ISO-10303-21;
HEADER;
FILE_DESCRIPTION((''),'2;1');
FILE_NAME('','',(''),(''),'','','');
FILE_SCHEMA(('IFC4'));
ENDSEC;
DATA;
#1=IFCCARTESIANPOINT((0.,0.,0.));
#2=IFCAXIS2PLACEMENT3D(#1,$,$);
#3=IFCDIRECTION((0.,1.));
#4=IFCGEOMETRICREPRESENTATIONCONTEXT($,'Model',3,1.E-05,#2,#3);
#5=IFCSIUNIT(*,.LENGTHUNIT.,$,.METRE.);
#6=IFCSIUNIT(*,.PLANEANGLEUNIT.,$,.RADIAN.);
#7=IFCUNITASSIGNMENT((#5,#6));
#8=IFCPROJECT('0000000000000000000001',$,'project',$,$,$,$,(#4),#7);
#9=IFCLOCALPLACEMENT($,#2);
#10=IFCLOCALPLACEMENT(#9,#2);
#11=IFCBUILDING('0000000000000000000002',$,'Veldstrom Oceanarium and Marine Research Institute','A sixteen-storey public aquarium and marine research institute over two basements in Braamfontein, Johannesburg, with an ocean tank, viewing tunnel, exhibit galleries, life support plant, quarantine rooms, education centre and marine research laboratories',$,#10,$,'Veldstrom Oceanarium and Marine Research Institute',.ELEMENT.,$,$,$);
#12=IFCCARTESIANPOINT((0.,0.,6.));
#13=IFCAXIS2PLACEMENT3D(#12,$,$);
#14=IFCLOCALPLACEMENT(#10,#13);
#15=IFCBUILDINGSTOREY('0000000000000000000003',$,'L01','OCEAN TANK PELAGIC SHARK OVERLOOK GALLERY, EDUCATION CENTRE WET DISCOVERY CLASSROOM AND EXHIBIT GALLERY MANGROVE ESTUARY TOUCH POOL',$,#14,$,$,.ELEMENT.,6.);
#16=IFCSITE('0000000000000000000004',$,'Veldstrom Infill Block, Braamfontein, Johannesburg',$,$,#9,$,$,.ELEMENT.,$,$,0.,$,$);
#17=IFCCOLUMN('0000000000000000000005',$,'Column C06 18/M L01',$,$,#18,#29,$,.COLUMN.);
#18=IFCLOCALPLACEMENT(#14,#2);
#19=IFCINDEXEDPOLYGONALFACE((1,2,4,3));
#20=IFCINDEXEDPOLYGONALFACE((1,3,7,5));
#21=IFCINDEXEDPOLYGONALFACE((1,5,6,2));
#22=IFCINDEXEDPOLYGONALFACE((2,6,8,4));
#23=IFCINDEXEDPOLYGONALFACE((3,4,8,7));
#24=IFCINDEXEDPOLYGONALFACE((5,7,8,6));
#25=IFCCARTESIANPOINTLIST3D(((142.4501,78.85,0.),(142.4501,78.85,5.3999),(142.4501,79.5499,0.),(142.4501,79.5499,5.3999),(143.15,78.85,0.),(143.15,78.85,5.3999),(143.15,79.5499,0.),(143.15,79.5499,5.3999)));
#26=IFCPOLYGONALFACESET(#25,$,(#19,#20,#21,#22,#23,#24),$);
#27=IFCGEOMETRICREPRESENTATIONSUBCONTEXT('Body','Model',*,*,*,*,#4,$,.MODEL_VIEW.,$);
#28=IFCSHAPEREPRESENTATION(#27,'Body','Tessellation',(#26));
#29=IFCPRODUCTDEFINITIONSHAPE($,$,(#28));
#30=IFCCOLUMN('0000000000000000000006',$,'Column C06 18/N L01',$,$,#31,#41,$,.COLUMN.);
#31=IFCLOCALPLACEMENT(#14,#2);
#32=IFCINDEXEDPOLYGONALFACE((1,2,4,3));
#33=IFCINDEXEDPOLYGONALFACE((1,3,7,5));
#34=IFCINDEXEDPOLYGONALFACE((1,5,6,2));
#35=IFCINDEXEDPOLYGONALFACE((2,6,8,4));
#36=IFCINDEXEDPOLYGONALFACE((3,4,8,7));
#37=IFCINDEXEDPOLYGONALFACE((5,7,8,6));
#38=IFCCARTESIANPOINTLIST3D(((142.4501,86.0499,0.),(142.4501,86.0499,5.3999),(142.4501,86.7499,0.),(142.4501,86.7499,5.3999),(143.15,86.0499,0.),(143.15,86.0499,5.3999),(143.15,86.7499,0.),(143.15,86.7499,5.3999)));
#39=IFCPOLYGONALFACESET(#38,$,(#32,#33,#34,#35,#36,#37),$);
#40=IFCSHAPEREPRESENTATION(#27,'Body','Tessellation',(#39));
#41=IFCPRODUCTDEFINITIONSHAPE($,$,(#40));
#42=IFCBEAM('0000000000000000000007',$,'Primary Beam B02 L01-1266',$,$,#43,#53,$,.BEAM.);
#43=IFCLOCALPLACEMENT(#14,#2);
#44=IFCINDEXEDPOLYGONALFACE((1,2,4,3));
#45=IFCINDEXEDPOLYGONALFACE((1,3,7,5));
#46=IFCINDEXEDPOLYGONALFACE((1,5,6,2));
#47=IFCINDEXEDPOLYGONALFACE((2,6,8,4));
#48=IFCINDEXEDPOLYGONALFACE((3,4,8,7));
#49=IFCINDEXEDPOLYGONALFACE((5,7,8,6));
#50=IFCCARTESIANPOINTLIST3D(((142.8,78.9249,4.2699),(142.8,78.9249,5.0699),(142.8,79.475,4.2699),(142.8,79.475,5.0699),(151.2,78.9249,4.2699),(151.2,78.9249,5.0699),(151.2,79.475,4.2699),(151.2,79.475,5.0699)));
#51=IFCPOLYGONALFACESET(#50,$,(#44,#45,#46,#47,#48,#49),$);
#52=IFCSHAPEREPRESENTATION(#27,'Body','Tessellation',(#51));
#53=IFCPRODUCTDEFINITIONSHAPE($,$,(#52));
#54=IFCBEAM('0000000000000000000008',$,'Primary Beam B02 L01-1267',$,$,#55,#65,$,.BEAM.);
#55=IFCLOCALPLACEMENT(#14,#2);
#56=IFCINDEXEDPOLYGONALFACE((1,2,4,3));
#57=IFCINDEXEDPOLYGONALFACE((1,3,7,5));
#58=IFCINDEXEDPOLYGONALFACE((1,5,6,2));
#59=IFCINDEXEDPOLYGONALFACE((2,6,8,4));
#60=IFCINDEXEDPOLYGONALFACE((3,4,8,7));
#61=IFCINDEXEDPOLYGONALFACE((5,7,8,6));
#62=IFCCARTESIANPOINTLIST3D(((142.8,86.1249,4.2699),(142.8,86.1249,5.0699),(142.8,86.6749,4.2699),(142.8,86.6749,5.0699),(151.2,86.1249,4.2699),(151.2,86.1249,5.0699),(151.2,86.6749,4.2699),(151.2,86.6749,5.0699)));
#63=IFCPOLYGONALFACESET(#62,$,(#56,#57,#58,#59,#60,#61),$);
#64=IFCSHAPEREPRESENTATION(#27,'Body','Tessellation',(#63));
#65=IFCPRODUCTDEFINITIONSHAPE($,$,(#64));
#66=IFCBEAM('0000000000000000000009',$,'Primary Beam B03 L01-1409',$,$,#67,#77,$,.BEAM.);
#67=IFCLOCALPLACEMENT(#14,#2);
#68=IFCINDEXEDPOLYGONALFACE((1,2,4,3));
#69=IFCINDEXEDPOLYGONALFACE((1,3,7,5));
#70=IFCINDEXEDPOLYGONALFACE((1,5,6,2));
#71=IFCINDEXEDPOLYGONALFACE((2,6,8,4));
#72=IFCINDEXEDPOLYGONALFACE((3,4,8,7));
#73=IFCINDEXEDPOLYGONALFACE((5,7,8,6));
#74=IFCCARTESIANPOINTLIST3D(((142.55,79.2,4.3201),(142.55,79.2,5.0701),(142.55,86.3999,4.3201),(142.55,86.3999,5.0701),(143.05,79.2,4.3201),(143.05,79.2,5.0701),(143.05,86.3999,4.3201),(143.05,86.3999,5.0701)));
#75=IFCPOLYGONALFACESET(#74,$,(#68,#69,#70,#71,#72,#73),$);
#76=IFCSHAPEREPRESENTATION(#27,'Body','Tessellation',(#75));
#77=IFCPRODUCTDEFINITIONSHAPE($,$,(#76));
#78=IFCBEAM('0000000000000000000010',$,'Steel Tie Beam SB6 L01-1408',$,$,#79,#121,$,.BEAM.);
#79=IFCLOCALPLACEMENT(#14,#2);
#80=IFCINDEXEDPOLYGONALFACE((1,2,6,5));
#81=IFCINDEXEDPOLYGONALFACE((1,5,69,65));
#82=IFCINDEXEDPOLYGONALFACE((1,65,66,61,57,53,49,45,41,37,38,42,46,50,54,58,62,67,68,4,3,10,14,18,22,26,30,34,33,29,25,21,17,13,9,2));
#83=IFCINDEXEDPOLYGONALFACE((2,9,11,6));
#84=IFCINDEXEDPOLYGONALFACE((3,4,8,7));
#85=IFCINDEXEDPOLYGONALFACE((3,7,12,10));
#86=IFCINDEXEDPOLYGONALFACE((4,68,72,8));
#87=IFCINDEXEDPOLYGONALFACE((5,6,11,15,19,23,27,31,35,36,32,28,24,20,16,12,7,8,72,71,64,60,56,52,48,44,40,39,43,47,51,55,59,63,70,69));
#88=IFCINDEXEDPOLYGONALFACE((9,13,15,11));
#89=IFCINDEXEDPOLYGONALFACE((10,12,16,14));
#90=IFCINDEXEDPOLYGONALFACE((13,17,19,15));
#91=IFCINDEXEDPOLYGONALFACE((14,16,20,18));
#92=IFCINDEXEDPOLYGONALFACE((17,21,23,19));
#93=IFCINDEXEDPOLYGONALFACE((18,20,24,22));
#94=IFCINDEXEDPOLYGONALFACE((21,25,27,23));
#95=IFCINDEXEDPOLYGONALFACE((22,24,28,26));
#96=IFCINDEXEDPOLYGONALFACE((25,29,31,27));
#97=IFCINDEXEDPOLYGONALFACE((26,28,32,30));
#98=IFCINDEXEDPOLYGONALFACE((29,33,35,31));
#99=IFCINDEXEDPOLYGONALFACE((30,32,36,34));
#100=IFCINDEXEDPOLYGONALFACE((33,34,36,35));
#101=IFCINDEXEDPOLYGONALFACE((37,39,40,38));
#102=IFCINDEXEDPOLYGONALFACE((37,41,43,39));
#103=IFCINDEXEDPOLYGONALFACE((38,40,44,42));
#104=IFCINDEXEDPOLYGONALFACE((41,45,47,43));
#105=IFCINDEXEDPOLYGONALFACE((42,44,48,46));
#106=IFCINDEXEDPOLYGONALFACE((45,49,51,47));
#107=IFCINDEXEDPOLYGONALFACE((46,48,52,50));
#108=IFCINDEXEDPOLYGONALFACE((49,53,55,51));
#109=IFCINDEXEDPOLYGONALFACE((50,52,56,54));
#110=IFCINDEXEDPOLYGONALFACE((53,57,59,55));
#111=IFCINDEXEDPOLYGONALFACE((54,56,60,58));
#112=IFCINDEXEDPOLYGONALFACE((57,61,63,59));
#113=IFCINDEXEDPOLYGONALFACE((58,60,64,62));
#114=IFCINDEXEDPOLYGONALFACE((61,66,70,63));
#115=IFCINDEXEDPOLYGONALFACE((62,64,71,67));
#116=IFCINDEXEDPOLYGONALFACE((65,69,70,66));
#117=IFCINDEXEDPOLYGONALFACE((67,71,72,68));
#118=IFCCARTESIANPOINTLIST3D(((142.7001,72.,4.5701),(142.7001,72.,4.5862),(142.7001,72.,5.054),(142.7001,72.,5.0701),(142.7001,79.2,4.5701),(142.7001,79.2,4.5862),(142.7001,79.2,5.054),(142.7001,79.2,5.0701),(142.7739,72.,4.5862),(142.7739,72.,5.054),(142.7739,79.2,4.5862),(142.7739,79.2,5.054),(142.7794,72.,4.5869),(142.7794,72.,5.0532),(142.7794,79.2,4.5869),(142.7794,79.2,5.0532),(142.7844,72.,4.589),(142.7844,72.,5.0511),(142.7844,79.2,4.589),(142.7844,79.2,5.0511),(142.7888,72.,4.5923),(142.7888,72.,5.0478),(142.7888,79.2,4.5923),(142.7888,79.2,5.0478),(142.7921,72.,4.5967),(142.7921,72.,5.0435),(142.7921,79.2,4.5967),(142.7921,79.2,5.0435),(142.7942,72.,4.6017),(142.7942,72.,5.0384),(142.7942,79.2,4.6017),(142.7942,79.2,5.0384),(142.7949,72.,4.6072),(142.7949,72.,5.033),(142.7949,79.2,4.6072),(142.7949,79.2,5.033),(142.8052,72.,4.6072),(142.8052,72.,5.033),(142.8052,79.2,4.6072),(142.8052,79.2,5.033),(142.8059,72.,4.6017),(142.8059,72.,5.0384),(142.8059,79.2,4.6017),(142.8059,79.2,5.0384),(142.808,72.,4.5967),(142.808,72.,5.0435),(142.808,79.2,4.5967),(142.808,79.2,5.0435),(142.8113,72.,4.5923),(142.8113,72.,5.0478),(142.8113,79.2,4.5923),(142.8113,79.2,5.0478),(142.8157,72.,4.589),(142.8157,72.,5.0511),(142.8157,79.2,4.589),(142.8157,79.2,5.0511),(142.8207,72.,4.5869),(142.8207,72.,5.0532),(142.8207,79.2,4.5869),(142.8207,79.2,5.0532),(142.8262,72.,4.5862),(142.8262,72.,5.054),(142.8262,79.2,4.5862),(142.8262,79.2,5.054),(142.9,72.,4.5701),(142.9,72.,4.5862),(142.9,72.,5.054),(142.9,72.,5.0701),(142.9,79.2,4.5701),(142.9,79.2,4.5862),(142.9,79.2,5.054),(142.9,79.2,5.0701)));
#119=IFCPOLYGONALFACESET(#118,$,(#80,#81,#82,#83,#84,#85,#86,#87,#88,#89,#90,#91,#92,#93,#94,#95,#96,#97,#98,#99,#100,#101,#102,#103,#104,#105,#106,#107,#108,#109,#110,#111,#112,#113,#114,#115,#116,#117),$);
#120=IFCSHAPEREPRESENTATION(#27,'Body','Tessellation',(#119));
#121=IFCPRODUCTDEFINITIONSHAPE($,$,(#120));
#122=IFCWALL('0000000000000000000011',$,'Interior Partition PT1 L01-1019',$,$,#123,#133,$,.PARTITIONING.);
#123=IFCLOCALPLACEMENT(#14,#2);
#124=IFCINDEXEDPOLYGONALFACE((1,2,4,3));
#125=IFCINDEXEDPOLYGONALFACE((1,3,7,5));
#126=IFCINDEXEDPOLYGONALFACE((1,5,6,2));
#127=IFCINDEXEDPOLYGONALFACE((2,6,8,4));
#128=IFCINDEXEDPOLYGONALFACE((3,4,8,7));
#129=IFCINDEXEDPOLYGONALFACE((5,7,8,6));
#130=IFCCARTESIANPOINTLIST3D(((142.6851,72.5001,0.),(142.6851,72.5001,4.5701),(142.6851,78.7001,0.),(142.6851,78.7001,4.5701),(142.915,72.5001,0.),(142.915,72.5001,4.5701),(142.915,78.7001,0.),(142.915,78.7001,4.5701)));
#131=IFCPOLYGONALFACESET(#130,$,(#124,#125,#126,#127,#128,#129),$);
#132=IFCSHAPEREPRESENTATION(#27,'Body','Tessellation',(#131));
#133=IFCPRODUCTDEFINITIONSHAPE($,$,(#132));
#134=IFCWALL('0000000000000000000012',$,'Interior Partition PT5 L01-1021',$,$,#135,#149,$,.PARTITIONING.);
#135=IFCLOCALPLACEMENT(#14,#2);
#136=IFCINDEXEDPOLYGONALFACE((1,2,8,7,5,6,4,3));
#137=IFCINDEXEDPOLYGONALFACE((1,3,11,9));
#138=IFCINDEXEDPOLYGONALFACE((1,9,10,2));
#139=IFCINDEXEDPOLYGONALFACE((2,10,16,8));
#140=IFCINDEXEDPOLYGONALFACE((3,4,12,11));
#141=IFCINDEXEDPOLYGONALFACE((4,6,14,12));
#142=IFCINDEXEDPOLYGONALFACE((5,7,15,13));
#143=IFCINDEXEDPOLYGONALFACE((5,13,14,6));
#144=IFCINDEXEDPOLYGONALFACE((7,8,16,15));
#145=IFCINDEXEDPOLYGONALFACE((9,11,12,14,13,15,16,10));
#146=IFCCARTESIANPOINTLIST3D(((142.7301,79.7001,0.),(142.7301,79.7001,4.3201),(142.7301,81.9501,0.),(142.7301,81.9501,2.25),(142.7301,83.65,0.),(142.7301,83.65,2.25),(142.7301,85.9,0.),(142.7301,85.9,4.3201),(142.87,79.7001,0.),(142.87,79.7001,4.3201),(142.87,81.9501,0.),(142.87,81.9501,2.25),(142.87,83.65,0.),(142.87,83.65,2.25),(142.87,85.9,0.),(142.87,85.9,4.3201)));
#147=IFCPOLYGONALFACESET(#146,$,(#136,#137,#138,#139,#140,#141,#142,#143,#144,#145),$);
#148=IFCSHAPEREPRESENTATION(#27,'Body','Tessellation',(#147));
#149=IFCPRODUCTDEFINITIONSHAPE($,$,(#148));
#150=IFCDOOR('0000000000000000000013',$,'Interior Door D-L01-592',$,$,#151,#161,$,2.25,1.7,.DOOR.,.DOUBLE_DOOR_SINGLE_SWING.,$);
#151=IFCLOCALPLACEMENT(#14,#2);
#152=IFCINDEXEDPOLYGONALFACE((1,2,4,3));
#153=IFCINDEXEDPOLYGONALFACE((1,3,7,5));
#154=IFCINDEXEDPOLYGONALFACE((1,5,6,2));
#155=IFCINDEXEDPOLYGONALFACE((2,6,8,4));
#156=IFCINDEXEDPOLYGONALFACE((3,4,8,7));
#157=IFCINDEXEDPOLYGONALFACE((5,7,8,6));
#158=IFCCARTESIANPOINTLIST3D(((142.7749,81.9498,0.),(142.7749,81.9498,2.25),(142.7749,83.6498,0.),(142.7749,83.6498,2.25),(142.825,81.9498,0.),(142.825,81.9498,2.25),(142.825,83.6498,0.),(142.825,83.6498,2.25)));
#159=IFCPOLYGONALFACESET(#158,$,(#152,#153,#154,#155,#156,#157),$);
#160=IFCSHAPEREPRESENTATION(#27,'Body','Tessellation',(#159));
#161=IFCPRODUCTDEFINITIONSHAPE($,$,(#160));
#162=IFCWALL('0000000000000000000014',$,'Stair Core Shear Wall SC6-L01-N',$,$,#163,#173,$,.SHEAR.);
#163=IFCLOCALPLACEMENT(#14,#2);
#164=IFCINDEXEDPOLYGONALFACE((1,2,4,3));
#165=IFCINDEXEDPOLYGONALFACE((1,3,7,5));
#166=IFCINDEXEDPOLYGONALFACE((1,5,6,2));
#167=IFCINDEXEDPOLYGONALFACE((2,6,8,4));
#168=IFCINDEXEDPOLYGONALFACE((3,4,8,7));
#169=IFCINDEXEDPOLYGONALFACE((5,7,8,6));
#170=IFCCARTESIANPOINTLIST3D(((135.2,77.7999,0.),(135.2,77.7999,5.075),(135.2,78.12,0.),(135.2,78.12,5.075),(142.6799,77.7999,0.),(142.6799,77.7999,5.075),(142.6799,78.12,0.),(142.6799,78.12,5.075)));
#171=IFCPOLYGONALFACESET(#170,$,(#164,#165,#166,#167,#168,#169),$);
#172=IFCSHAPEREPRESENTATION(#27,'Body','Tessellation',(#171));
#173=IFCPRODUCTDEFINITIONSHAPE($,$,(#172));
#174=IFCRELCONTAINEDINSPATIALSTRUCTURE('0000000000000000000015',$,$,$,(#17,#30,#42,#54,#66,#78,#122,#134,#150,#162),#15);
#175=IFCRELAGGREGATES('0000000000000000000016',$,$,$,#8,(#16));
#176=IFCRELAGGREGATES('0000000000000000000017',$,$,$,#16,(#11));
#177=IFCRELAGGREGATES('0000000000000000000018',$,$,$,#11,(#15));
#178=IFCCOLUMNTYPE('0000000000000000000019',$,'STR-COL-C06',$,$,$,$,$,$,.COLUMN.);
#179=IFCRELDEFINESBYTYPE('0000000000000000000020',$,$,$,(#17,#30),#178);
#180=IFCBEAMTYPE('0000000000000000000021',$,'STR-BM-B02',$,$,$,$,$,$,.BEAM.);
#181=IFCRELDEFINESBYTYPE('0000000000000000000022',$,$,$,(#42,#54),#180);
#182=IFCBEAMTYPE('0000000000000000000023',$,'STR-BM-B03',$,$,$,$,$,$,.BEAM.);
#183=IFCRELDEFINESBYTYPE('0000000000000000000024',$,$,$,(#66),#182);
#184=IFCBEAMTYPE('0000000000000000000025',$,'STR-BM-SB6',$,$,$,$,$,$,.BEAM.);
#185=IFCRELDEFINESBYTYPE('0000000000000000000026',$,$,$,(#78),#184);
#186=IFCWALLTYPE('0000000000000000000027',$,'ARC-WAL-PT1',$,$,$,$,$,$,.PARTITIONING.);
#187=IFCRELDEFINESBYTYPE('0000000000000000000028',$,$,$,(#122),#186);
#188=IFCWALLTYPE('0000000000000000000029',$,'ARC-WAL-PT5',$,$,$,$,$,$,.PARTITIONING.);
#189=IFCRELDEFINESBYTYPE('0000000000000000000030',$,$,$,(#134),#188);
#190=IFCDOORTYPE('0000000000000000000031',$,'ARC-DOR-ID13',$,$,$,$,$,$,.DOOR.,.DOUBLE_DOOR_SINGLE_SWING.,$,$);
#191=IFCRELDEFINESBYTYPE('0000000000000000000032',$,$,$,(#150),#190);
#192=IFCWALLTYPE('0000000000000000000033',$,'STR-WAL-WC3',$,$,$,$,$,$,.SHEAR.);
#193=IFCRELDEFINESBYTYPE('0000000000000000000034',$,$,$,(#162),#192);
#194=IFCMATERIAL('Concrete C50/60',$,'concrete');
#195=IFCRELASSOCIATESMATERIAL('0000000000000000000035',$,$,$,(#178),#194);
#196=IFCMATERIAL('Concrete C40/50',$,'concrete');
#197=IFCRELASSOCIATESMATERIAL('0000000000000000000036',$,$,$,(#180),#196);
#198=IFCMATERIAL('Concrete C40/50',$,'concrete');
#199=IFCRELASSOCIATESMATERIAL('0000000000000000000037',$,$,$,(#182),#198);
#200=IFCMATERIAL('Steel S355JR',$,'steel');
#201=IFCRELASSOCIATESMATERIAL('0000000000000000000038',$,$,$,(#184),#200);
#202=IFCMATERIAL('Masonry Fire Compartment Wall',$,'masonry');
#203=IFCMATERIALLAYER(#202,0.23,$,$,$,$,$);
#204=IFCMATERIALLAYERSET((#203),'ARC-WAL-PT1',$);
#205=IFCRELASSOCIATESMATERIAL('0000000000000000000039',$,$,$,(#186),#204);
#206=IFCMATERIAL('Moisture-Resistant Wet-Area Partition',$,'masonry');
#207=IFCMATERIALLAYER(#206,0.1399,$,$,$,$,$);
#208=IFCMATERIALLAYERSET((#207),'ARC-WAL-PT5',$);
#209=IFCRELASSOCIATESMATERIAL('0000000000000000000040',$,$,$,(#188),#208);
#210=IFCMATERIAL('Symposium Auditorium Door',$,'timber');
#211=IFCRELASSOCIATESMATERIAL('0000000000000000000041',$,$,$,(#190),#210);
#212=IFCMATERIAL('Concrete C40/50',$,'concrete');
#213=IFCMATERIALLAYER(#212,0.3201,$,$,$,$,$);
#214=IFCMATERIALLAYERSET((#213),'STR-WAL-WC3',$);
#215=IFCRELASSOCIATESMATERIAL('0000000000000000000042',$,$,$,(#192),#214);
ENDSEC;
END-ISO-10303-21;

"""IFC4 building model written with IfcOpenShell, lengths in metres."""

from ifc_helpers import new_model, si_unit, direction, frame, frame_2d, origin, origin_2d, place, context, subcontext, project, spatial, rectangle, i_section, extrude, material, layer, layer_set, material_profile, profile_set, type_object, element, fill, save


model = new_model("IFC4")

# Units and contexts
model_context = context("Model", 3, precision=1e-05, world=origin(), true_north=direction((0.0, 1.0)))
body_context = subcontext(model_context, "Body", "Model", "MODEL_VIEW")
ifc_project = project(units=[si_unit("LENGTHUNIT", "METRE"), si_unit("PLANEANGLEUNIT", "RADIAN")], contexts=[model_context])

# Site, building, storey
site_placement = place(None, origin())
site = spatial("IfcSite", under=ifc_project, at=site_placement, Name="Veldstrom Infill Block, Braamfontein, Johannesburg", CompositionType="ELEMENT", RefElevation=0.0)
building_placement = place(site_placement, origin())
building = spatial("IfcBuilding", under=site, at=building_placement, Name="Veldstrom Oceanarium and Marine Research Institute", Description="A sixteen-storey public aquarium and marine research institute over two basements in Braamfontein, Johannesburg, with an ocean tank, viewing tunnel, exhibit galleries, life support plant, quarantine rooms, education centre and marine research laboratories", LongName="Veldstrom Oceanarium and Marine Research Institute", CompositionType="ELEMENT")
storey_placement = place(building_placement, frame((0.0, 0.0, 6.0)))
storey = spatial("IfcBuildingStorey", under=building, at=storey_placement, Name="L01", Description="OCEAN TANK PELAGIC SHARK OVERLOOK GALLERY, EDUCATION CENTRE WET DISCOVERY CLASSROOM AND EXHIBIT GALLERY MANGROVE ESTUARY TOUCH POOL", CompositionType="ELEMENT", Elevation=6.0)

# Columns
ifc_material_1 = material(Name="Concrete C50/60", Category="concrete")
ifc_material_profile_1 = material_profile(ifc_material_1, rectangle(XDim=0.7, YDim=0.7, at=origin_2d()), Name="RC-COL-700x700")
ifc_profile_set_1 = profile_set([ifc_material_profile_1], Name="Concrete C50/60")
column_type = type_object("IfcColumnType", Name="STR-COL-C06", PredefinedType="COLUMN", material=ifc_profile_set_1)
for number, where, z_axis, x_axis, name in (
    (1, (142.8, 79.2, 0.0), (0.0, 0.0, 1.0), (1.0, 0.0, 0.0), "Column C06 18/M L01"),
    (2, (142.8, 86.3999, 0.0), (0.0, 0.0, 1.0), (1.0, 0.0, 0.0), "Column C06 18/N L01"),
):
    element("IfcColumn", number, at=place(storey_placement, frame(where, z_axis=z_axis, x_axis=x_axis)), inside=storey, type_object=column_type, Name=name, PredefinedType="COLUMN", context=body_context, shape_type="SweptSolid", body=[
        extrude(rectangle(XDim=0.7, YDim=0.7, at=origin_2d()), origin(), (0.0, 0.0, 1.0), 5.3999),
    ])

# Beams
ifc_material_2 = material(Name="Concrete C40/50", Category="concrete")
ifc_material_profile_2 = material_profile(ifc_material_2, rectangle(XDim=0.55, YDim=0.8, at=origin_2d()), Name="RC-BM-550x800")
ifc_profile_set_2 = profile_set([ifc_material_profile_2], Name="Concrete C40/50")
beam_type_1 = type_object("IfcBeamType", Name="STR-BM-B02", PredefinedType="BEAM", material=ifc_profile_set_2)
for number, where, z_axis, x_axis, name in (
    (3, (142.8, 79.2, 4.6699), (1.0, 0.0, 0.0), (0.0, 1.0, 0.0), "Primary Beam B02 L01-1266"),
    (4, (142.8, 86.3999, 4.6699), (1.0, 0.0, 0.0), (0.0, 1.0, 0.0), "Primary Beam B02 L01-1267"),
):
    element("IfcBeam", number, at=place(storey_placement, frame(where, z_axis=z_axis, x_axis=x_axis)), inside=storey, type_object=beam_type_1, Name=name, PredefinedType="BEAM", context=body_context, shape_type="SweptSolid", body=[
        extrude(rectangle(XDim=0.55, YDim=0.8, at=origin_2d()), origin(), (0.0, 0.0, 1.0), 8.3999),
    ])
ifc_material_3 = material(Name="Concrete C40/50", Category="concrete")
ifc_material_profile_3 = material_profile(ifc_material_3, rectangle(XDim=0.5, YDim=0.75, at=origin_2d()), Name="RC-BM-500x750")
ifc_profile_set_3 = profile_set([ifc_material_profile_3], Name="Concrete C40/50")
beam_type_2 = type_object("IfcBeamType", Name="STR-BM-B03", PredefinedType="BEAM", material=ifc_profile_set_3)
beam_1_placement = place(storey_placement, frame((142.8, 79.2, 4.6951), z_axis=(0.0, 1.0, 0.0), x_axis=(-1.0, 0.0, 0.0)))
element("IfcBeam", 5, at=beam_1_placement, inside=storey, type_object=beam_type_2, Name="Primary Beam B03 L01-1409", PredefinedType="BEAM", context=body_context, shape_type="SweptSolid", body=[
    extrude(rectangle(XDim=0.5, YDim=0.75, at=origin_2d()), origin(), (0.0, 0.0, 1.0), 7.2),
])
ifc_material_4 = material(Name="Steel S355JR", Category="steel")
ifc_material_profile_4 = material_profile(ifc_material_4, i_section(OverallWidth=0.2, OverallDepth=0.5, WebThickness=0.0103, FlangeThickness=0.0161, FilletRadius=0.021, at=origin_2d()), Name="IPE 500")
ifc_profile_set_4 = profile_set([ifc_material_profile_4], Name="Steel S355JR")
beam_type_3 = type_object("IfcBeamType", Name="STR-BM-SB6", PredefinedType="BEAM", material=ifc_profile_set_4)
beam_2_placement = place(storey_placement, frame((142.8, 72.0, 4.8201), z_axis=(0.0, 1.0, 0.0), x_axis=(-1.0, 0.0, 0.0)))
element("IfcBeam", 6, at=beam_2_placement, inside=storey, type_object=beam_type_3, Name="Steel Tie Beam SB6 L01-1408", PredefinedType="BEAM", context=body_context, shape_type="SweptSolid", body=[
    extrude(i_section(OverallWidth=0.2, OverallDepth=0.5, WebThickness=0.0103, FlangeThickness=0.0161, FilletRadius=0.021, at=origin_2d()), origin(), (0.0, 0.0, 1.0), 7.2),
])

# Wall
ifc_material_5 = material(Name="Masonry Fire Compartment Wall", Category="masonry")
ifc_layer_1 = layer(ifc_material_5, 0.23)
ifc_layer_set_1 = layer_set([ifc_layer_1], Name="ARC-WAL-PT1")
wall_type_1 = type_object("IfcWallType", Name="ARC-WAL-PT1", PredefinedType="PARTITIONING", material=ifc_layer_set_1)
wall_1_placement = place(storey_placement, frame((142.8, 72.5, 0.0), z_axis=(0.0, 0.0, 1.0), x_axis=(0.0, 1.0, 0.0)))
element("IfcWall", 7, at=wall_1_placement, inside=storey, type_object=wall_type_1, Name="Interior Partition PT1 L01-1019", PredefinedType="PARTITIONING", context=body_context, shape_type="SweptSolid", body=[
    extrude(rectangle(XDim=6.2, YDim=0.23, at=frame_2d((3.1001, 0.0))), origin(), (0.0, 0.0, 1.0), 4.5701),
])

# Wall, opening, door
ifc_material_6 = material(Name="Moisture-Resistant Wet-Area Partition", Category="masonry")
ifc_layer_2 = layer(ifc_material_6, 0.1399)
ifc_layer_set_2 = layer_set([ifc_layer_2], Name="ARC-WAL-PT5")
wall_type_2 = type_object("IfcWallType", Name="ARC-WAL-PT5", PredefinedType="PARTITIONING", material=ifc_layer_set_2)
wall_2_placement = place(storey_placement, frame((142.8, 79.7, 0.0), z_axis=(0.0, 0.0, 1.0), x_axis=(0.0, 1.0, 0.0)))
wall_2 = element("IfcWall", 8, at=wall_2_placement, inside=storey, type_object=wall_type_2, Name="Interior Partition PT5 L01-1021", PredefinedType="PARTITIONING", context=body_context, shape_type="SweptSolid", body=[
    extrude(rectangle(XDim=6.2, YDim=0.1399, at=frame_2d((3.1001, 0.0))), origin(), (0.0, 0.0, 1.0), 4.3201),
])
opening_placement = place(wall_2_placement, frame((2.25, 0.0, 0.0)))
opening = element("IfcOpeningElement", 9, at=opening_placement, cuts=wall_2, PredefinedType="OPENING", context=body_context, shape_type="SweptSolid", body=[
    extrude(rectangle(XDim=1.7, YDim=2.25, at=frame_2d((0.8501, 1.125))), frame((0.0, 0.0798, 0.0), z_axis=(0.0, -1.0, 0.0), x_axis=(1.0, 0.0, 0.0)), (0.0, 0.0, 1.0), 0.1599),
])
ifc_material_7 = material(Name="Symposium Auditorium Door", Category="timber")
door_type = type_object("IfcDoorType", Name="ARC-DOR-ID13", OperationType="DOUBLE_DOOR_SINGLE_SWING", PredefinedType="DOOR", material=ifc_material_7)
door_placement = place(opening_placement, frame((1.7, 0.0, 0.0), z_axis=(0.0, 0.0, 1.0), x_axis=(-1.0, 0.0, 0.0)))
door = element("IfcDoor", 10, at=door_placement, inside=storey, type_object=door_type, Name="Interior Door D-L01-592", OperationType="DOUBLE_DOOR_SINGLE_SWING", OverallHeight=2.25, OverallWidth=1.7, PredefinedType="DOOR", context=body_context, shape_type="SweptSolid", body=[
    extrude(rectangle(XDim=1.7, YDim=2.25, at=frame_2d((0.8501, 1.125))), frame((0.0, 0.0249, 0.0), z_axis=(0.0, -1.0, 0.0), x_axis=(1.0, 0.0, 0.0)), (0.0, 0.0, 1.0), 0.05),
])
fill(opening, door)

# Wall
ifc_material_8 = material(Name="Concrete C40/50", Category="concrete")
ifc_layer_3 = layer(ifc_material_8, 0.3201)
ifc_layer_set_3 = layer_set([ifc_layer_3], Name="STR-WAL-WC3")
wall_type_3 = type_object("IfcWallType", Name="STR-WAL-WC3", PredefinedType="SHEAR", material=ifc_layer_set_3)
wall_3_placement = place(storey_placement, frame((135.2, 77.96, 0.0), z_axis=(0.0, 0.0, 1.0), x_axis=(1.0, 0.0, 0.0)))
element("IfcWall", 11, at=wall_3_placement, inside=storey, type_object=wall_type_3, Name="Stair Core Shear Wall SC6-L01-N", PredefinedType="SHEAR", context=body_context, shape_type="SweptSolid", body=[
    extrude(rectangle(XDim=7.48, YDim=0.3201, at=frame_2d((3.74, 0.0))), origin(), (0.0, 0.0, 1.0), 5.075),
])

save(model, "model.ifc")
